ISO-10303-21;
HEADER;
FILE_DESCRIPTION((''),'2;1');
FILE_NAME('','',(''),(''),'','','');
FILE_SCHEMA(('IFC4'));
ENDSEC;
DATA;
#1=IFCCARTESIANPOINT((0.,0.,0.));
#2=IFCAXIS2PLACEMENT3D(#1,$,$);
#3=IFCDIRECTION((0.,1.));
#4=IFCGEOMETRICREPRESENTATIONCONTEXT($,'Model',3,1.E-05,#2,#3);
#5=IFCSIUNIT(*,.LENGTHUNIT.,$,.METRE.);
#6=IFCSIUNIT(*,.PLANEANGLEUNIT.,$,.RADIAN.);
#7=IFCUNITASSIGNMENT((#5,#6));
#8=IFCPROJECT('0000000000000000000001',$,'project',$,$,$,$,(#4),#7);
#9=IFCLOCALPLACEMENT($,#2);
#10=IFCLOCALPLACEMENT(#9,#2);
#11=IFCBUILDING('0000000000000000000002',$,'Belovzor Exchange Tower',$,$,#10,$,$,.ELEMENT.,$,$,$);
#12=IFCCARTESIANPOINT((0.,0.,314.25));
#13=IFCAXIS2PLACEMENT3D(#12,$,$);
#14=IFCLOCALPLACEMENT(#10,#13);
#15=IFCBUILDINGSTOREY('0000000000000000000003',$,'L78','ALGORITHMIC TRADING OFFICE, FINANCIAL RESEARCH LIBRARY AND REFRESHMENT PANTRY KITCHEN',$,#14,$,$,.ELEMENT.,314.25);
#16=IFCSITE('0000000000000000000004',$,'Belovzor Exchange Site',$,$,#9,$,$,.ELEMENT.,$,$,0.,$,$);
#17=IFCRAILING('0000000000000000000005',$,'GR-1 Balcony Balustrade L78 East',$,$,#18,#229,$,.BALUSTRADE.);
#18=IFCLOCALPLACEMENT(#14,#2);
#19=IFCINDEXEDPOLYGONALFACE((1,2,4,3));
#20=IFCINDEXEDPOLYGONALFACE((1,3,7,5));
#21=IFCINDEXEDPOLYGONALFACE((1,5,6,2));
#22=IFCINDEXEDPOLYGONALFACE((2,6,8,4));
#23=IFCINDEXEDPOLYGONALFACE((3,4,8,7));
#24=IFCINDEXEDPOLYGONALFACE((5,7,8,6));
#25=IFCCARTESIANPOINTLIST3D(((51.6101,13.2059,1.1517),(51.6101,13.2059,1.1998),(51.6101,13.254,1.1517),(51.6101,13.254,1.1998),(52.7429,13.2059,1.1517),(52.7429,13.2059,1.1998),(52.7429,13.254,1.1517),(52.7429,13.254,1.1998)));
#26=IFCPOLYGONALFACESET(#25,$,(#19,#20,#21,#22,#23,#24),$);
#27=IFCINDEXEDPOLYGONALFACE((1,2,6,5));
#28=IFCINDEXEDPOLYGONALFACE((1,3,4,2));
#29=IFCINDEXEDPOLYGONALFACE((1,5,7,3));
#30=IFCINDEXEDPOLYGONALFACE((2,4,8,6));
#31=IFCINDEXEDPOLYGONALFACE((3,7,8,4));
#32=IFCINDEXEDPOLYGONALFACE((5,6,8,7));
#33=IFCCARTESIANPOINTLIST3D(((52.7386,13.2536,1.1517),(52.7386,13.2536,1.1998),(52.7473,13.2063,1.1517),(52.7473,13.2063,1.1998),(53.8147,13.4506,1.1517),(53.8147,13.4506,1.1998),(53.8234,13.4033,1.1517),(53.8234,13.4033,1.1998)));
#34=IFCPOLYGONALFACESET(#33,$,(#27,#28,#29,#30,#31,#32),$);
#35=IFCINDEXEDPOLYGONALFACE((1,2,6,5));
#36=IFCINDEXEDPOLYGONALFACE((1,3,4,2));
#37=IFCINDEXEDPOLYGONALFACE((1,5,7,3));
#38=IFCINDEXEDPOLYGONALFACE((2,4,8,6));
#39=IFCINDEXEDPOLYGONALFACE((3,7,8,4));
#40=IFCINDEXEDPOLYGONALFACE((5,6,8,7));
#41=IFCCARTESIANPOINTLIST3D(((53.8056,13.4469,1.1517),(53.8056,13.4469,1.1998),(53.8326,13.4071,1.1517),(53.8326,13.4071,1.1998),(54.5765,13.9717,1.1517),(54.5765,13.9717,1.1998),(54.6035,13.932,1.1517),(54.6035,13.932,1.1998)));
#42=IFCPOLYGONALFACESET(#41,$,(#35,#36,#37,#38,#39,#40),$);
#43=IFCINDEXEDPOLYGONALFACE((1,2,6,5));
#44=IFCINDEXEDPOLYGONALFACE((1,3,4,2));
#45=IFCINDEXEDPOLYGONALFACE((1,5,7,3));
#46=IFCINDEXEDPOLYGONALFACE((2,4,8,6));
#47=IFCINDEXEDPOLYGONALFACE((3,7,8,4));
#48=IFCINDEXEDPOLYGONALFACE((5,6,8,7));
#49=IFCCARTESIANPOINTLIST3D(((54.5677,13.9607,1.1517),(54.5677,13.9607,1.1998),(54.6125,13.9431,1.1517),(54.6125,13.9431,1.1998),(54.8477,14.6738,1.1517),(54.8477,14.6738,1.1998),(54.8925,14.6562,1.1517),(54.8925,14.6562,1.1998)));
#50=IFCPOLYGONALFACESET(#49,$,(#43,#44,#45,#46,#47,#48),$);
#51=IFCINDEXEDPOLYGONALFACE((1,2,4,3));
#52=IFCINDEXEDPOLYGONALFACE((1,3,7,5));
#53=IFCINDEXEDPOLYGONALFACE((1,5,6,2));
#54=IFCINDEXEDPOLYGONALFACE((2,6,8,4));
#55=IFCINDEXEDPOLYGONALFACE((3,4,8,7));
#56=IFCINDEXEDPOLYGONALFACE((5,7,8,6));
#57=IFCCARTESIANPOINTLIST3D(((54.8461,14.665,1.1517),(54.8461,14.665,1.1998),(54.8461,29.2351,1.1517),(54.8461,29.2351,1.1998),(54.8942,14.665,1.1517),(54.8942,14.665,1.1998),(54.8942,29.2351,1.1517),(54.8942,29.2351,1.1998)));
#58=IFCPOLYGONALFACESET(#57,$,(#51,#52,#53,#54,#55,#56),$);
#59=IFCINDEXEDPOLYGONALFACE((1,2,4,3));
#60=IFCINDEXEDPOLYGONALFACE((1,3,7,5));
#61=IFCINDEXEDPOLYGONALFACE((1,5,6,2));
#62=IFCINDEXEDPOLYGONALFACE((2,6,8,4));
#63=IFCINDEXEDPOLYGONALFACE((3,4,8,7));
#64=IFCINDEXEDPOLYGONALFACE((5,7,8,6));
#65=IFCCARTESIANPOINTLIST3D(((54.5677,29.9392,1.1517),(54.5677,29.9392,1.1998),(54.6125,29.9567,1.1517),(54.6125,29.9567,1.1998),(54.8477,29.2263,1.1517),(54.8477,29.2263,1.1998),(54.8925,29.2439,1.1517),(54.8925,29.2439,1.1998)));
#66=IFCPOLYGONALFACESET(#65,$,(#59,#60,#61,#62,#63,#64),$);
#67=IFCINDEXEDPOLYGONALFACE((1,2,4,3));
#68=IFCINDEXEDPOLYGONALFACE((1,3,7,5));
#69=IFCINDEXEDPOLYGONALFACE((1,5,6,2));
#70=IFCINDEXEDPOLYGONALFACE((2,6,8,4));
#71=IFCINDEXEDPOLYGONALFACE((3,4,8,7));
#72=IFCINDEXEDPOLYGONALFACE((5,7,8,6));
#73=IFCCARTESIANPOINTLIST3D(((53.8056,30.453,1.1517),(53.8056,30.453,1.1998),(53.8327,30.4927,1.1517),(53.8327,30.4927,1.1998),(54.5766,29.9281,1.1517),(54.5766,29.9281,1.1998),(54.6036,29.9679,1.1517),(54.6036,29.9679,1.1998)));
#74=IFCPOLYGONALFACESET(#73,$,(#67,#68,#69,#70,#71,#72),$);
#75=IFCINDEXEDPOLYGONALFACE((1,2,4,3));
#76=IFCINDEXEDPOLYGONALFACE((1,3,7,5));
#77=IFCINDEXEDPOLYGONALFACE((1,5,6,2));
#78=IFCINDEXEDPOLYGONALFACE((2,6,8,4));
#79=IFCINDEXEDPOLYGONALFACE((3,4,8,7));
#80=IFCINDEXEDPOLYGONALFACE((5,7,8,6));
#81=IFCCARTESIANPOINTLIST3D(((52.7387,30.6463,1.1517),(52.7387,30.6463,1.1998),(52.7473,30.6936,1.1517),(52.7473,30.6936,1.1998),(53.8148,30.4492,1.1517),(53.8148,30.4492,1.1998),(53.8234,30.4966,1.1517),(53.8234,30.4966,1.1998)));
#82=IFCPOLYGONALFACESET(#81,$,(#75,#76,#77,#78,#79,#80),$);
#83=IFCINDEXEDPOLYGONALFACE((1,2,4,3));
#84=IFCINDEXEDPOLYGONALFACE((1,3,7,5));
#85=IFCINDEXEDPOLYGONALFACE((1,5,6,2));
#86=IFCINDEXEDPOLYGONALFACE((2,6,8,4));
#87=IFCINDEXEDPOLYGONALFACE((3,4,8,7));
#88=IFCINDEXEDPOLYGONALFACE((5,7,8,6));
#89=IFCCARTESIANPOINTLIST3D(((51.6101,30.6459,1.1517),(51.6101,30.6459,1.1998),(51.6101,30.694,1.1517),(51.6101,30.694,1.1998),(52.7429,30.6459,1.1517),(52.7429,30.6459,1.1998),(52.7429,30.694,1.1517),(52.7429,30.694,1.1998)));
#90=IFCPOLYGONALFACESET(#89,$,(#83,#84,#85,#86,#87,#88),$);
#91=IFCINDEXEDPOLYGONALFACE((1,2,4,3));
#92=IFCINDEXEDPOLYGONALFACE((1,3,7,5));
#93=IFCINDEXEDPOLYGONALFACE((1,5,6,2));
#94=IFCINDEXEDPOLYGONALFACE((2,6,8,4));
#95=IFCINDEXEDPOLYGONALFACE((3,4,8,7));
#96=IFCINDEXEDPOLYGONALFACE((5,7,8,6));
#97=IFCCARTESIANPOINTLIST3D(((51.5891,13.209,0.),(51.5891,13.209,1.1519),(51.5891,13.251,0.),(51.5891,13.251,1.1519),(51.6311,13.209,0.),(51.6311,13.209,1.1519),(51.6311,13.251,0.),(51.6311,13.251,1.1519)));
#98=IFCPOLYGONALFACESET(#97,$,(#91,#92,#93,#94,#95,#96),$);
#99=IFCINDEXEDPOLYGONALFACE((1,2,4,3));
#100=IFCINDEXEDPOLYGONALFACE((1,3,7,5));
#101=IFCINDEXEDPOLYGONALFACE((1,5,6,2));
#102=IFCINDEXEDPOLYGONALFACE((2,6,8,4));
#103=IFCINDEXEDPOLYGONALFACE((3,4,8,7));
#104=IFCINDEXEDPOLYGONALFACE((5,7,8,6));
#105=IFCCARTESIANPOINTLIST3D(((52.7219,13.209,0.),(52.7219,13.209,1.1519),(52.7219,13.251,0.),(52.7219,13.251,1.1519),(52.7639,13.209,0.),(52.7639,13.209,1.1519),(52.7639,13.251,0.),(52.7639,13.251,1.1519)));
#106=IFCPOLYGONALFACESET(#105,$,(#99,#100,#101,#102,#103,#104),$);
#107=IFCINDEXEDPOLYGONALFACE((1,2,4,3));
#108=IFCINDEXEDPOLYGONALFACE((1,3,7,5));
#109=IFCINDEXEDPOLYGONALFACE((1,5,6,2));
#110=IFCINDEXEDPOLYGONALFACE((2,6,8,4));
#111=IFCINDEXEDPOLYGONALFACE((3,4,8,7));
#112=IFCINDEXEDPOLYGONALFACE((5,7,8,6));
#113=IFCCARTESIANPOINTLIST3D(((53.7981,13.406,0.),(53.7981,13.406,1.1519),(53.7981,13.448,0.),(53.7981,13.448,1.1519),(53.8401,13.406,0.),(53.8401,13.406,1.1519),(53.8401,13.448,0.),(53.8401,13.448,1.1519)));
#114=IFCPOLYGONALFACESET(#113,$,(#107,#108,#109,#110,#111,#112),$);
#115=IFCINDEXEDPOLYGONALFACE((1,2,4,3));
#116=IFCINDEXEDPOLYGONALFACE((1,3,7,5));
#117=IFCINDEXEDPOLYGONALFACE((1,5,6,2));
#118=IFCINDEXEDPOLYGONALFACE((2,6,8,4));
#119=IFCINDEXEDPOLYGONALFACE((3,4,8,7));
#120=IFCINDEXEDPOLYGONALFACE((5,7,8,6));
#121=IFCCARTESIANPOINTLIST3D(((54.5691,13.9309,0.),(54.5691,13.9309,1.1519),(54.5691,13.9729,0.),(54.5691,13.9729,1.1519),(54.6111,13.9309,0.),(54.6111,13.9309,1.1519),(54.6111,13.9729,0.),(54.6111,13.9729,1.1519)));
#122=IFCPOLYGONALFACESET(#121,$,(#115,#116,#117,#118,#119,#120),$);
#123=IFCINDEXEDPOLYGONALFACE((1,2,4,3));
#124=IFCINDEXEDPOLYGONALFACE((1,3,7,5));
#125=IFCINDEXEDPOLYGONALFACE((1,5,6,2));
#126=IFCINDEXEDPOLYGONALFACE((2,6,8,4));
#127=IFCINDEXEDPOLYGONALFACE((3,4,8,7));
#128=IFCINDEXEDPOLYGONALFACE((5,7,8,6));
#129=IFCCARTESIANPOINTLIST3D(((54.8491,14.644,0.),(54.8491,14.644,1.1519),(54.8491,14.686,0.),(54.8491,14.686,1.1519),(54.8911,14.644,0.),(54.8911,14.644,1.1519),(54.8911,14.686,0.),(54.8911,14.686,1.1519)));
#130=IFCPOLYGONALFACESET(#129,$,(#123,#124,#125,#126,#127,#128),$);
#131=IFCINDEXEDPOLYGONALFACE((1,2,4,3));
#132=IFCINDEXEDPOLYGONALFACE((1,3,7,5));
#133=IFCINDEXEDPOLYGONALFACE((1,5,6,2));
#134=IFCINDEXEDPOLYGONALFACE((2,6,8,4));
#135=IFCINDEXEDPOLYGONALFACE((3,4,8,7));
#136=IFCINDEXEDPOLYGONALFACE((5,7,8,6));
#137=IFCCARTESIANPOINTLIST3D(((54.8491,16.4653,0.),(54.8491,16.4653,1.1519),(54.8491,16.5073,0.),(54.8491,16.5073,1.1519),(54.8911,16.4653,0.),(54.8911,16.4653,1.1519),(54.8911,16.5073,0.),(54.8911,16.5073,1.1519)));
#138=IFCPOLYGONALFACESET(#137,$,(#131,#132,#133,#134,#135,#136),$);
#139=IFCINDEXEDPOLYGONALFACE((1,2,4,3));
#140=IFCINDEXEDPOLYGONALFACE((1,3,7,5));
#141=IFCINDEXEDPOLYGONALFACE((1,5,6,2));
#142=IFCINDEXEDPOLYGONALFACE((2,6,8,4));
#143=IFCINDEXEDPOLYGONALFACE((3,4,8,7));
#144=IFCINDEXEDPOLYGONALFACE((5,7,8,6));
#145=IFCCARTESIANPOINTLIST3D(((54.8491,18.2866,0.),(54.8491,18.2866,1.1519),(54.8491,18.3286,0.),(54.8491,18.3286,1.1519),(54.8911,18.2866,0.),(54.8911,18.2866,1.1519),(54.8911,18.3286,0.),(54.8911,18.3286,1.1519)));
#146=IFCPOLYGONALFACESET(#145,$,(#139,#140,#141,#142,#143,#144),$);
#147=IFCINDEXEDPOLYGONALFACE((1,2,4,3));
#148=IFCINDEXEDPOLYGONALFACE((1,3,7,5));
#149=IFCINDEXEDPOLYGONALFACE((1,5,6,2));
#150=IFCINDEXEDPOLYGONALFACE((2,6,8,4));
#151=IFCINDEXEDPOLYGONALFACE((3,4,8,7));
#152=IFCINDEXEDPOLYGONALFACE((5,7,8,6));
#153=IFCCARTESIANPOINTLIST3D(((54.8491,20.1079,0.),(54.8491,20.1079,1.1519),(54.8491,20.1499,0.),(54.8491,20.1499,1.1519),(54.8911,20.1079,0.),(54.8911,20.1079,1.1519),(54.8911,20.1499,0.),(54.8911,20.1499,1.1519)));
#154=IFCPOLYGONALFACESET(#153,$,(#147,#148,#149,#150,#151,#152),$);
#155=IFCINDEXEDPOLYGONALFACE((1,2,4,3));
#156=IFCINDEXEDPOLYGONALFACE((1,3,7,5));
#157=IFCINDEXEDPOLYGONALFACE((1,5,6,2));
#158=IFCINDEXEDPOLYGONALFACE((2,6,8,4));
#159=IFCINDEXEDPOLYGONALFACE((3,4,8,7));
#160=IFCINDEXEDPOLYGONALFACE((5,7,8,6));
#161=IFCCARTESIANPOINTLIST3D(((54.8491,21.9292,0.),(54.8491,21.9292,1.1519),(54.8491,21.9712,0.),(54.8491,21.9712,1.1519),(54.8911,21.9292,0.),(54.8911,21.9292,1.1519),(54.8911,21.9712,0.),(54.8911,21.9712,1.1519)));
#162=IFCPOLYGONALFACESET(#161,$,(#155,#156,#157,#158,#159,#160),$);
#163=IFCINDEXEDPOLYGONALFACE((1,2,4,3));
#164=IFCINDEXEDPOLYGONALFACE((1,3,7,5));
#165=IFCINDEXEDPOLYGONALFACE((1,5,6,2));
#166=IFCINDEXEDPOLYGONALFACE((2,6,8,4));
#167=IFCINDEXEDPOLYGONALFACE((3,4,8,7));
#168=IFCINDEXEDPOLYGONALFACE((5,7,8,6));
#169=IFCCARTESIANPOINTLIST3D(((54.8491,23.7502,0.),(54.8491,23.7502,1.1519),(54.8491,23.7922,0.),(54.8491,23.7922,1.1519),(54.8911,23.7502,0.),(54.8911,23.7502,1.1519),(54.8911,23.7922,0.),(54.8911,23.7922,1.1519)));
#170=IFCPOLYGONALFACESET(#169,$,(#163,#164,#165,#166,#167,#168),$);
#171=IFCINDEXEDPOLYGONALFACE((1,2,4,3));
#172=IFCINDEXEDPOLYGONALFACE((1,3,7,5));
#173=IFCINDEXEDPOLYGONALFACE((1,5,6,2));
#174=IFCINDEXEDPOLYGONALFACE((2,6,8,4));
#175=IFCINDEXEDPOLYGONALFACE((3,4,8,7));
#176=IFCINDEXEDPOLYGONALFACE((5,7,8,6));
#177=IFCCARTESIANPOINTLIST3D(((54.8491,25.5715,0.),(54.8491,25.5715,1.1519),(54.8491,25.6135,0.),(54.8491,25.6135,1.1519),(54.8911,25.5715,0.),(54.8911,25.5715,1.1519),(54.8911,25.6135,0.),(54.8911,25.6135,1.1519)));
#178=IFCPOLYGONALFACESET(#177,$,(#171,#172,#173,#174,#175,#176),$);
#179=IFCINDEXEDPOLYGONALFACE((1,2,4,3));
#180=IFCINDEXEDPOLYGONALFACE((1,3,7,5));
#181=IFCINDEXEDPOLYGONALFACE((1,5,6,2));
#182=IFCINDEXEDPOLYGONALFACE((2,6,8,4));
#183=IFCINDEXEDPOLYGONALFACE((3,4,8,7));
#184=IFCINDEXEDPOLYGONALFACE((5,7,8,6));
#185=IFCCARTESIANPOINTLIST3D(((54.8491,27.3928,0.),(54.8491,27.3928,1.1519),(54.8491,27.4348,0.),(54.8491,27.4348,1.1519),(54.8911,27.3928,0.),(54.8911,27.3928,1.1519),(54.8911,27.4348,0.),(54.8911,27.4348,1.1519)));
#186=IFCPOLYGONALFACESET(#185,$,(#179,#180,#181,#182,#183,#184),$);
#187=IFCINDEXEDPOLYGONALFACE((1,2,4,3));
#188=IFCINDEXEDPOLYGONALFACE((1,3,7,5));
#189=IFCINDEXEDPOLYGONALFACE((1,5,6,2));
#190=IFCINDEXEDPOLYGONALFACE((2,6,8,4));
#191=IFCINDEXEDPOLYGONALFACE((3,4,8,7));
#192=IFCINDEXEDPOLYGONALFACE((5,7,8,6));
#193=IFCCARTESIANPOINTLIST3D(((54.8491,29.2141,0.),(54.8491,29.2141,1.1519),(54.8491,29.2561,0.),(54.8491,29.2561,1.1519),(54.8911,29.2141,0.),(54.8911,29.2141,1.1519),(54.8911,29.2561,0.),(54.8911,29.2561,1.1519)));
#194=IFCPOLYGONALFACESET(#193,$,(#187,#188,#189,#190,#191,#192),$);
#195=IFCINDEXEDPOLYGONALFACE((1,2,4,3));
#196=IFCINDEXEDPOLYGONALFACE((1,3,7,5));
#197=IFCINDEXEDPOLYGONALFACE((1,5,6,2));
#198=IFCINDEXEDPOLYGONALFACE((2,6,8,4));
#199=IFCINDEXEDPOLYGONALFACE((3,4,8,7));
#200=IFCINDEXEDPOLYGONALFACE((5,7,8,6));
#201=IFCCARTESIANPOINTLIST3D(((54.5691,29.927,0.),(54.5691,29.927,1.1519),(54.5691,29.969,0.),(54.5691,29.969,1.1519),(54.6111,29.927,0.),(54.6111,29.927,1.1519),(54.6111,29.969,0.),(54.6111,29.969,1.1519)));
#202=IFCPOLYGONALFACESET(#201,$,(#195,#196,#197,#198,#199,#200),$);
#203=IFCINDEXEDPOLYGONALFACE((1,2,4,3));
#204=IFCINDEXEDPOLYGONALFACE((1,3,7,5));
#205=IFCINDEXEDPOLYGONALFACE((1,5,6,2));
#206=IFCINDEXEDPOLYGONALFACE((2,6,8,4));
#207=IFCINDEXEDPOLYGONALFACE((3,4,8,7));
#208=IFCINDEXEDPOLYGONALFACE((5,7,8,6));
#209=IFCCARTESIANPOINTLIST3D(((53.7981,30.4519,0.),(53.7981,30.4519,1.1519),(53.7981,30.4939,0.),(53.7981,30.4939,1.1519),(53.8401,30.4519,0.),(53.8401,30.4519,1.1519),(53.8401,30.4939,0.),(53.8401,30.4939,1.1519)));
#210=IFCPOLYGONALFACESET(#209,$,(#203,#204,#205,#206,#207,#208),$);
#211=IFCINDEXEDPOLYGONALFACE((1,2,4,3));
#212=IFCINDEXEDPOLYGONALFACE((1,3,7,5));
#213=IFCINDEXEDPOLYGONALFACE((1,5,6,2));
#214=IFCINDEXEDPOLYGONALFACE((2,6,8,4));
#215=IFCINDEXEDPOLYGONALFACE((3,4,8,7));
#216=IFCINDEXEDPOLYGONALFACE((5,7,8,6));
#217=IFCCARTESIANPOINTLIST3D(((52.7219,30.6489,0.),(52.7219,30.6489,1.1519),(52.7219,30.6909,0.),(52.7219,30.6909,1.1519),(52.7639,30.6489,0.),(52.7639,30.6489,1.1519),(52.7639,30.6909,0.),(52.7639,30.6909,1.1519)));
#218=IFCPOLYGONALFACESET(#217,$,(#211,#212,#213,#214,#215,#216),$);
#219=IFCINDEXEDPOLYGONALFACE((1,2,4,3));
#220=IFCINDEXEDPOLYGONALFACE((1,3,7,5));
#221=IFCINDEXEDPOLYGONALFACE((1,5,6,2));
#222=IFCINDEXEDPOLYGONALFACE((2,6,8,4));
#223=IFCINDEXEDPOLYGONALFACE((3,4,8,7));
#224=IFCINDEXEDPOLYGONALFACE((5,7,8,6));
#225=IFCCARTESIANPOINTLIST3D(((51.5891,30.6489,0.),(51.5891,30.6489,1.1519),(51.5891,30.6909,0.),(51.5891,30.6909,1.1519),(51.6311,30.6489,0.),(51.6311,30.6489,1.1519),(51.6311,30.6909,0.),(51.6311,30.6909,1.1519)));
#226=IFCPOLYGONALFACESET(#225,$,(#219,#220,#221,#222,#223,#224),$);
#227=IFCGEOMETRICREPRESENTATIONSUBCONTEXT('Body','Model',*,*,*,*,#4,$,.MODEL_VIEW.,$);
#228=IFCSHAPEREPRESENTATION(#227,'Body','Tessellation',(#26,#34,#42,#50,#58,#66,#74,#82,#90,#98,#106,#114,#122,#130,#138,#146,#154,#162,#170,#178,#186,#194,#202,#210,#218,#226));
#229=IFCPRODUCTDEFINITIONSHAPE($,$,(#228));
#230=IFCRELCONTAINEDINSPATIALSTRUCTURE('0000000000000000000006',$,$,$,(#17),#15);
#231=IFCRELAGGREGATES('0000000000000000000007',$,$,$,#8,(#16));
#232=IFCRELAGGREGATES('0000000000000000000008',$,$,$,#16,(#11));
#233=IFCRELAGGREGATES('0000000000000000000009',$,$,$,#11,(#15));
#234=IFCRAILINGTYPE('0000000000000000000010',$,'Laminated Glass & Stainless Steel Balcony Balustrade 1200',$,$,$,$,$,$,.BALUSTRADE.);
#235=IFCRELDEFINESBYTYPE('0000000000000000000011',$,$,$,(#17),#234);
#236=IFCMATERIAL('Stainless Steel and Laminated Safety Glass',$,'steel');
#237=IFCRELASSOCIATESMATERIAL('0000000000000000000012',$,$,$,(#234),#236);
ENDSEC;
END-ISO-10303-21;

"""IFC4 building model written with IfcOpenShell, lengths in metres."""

from ifc_helpers import new_model, si_unit, direction, frame, origin, origin_2d, place, context, subcontext, project, spatial, rectangle, extrude, material, type_object, element, save


model = new_model("IFC4")

# Units and contexts
model_context = context("Model", 3, precision=1e-05, world=origin(), true_north=direction((0.0, 1.0)))
body_context = subcontext(model_context, "Body", "Model", "MODEL_VIEW")
ifc_project = project(units=[si_unit("LENGTHUNIT", "METRE"), si_unit("PLANEANGLEUNIT", "RADIAN")], contexts=[model_context])

# Site, building, storey
site_placement = place(None, origin())
site = spatial("IfcSite", under=ifc_project, at=site_placement, Name="Belovzor Exchange Site", CompositionType="ELEMENT", RefElevation=0.0)
building_placement = place(site_placement, origin())
building = spatial("IfcBuilding", under=site, at=building_placement, Name="Belovzor Exchange Tower", CompositionType="ELEMENT")
storey_placement = place(building_placement, frame((0.0, 0.0, 314.25)))
storey = spatial("IfcBuildingStorey", under=building, at=storey_placement, Name="L78", Description="ALGORITHMIC TRADING OFFICE, FINANCIAL RESEARCH LIBRARY AND REFRESHMENT PANTRY KITCHEN", CompositionType="ELEMENT", Elevation=314.25)

# Railing
ifc_material_1 = material(Name="Stainless Steel and Laminated Safety Glass", Category="steel")
railing_type = type_object("IfcRailingType", Name="Laminated Glass & Stainless Steel Balcony Balustrade 1200", PredefinedType="BALUSTRADE", material=ifc_material_1)
railing_placement = place(storey_placement, frame((51.6101, 13.23, 0.0)))
element("IfcRailing", 1, at=railing_placement, inside=storey, type_object=railing_type, Name="GR-1 Balcony Balustrade L78 East", PredefinedType="BALUSTRADE", context=body_context, shape_type="SweptSolid", body=[
    extrude(rectangle(XDim=0.0481, YDim=0.0481, at=origin_2d()), frame((0.0, 0.0, 1.1758), z_axis=(1.0, 0.0, 0.0), x_axis=(0.0, 1.0, 0.0)), (0.0, 0.0, 1.0), 1.1328),
    extrude(rectangle(XDim=0.0481, YDim=0.0481, at=origin_2d()), frame((1.1328, 0.0, 1.1758), z_axis=(0.983651, 0.180083, 0.0), x_axis=(-0.180083, 0.983651, 0.0)), (0.0, 0.0, 1.0), 1.094),
    extrude(rectangle(XDim=0.0481, YDim=0.0481, at=origin_2d()), frame((2.209, 0.197, 1.1758), z_axis=(0.826615, 0.562768, 0.0), x_axis=(-0.562768, 0.826615, 0.0)), (0.0, 0.0, 1.0), 0.9326),
    extrude(rectangle(XDim=0.0481, YDim=0.0481, at=origin_2d()), frame((2.98, 0.7219, 1.1758), z_axis=(0.365504, 0.93081, 0.0), x_axis=(-0.93081, 0.365504, 0.0)), (0.0, 0.0, 1.0), 0.7661),
    extrude(rectangle(XDim=0.0481, YDim=0.0481, at=origin_2d()), frame((3.26, 1.4351, 1.1758), z_axis=(0.0, 1.0, 0.0), x_axis=(-1.0, 0.0, 0.0)), (0.0, 0.0, 1.0), 14.5701),
    extrude(rectangle(XDim=0.0481, YDim=0.0481, at=origin_2d()), frame((3.26, 16.0051, 1.1758), z_axis=(-0.365613, 0.930767, 0.0), x_axis=(-0.930767, -0.365613, 0.0)), (0.0, 0.0, 1.0), 0.7659),
    extrude(rectangle(XDim=0.0481, YDim=0.0481, at=origin_2d()), frame((2.98, 16.718, 1.1758), z_axis=(-0.826615, 0.562768, 0.0), x_axis=(-0.562768, -0.826615, 0.0)), (0.0, 0.0, 1.0), 0.9326),
    extrude(rectangle(XDim=0.0481, YDim=0.0481, at=origin_2d()), frame((2.209, 17.2429, 1.1758), z_axis=(-0.983651, 0.180083, 0.0), x_axis=(-0.180083, -0.983651, 0.0)), (0.0, 0.0, 1.0), 1.094),
    extrude(rectangle(XDim=0.0481, YDim=0.0481, at=origin_2d()), frame((1.1328, 17.4399, 1.1758), z_axis=(-1.0, 0.0, 0.0), x_axis=(0.0, -1.0, 0.0)), (0.0, 0.0, 1.0), 1.1328),
    extrude(rectangle(XDim=0.042, YDim=0.042, at=origin_2d()), origin(), (0.0, 0.0, 1.0), 1.1519),
    extrude(rectangle(XDim=0.042, YDim=0.042, at=origin_2d()), frame((1.1328, 0.0, 0.0)), (0.0, 0.0, 1.0), 1.1519),
    extrude(rectangle(XDim=0.042, YDim=0.042, at=origin_2d()), frame((2.209, 0.197, 0.0)), (0.0, 0.0, 1.0), 1.1519),
    extrude(rectangle(XDim=0.042, YDim=0.042, at=origin_2d()), frame((2.98, 0.7219, 0.0)), (0.0, 0.0, 1.0), 1.1519),
    extrude(rectangle(XDim=0.042, YDim=0.042, at=origin_2d()), frame((3.26, 1.4351, 0.0)), (0.0, 0.0, 1.0), 1.1519),
    extrude(rectangle(XDim=0.042, YDim=0.042, at=origin_2d()), frame((3.26, 3.2563, 0.0)), (0.0, 0.0, 1.0), 1.1519),
    extrude(rectangle(XDim=0.042, YDim=0.042, at=origin_2d()), frame((3.26, 5.0776, 0.0)), (0.0, 0.0, 1.0), 1.1519),
    extrude(rectangle(XDim=0.042, YDim=0.042, at=origin_2d()), frame((3.26, 6.8989, 0.0)), (0.0, 0.0, 1.0), 1.1519),
    extrude(rectangle(XDim=0.042, YDim=0.042, at=origin_2d()), frame((3.26, 8.7202, 0.0)), (0.0, 0.0, 1.0), 1.1519),
    extrude(rectangle(XDim=0.042, YDim=0.042, at=origin_2d()), frame((3.26, 10.5413, 0.0)), (0.0, 0.0, 1.0), 1.1519),
    extrude(rectangle(XDim=0.042, YDim=0.042, at=origin_2d()), frame((3.26, 12.3625, 0.0)), (0.0, 0.0, 1.0), 1.1519),
    extrude(rectangle(XDim=0.042, YDim=0.042, at=origin_2d()), frame((3.26, 14.1838, 0.0)), (0.0, 0.0, 1.0), 1.1519),
    extrude(rectangle(XDim=0.042, YDim=0.042, at=origin_2d()), frame((3.26, 16.0051, 0.0)), (0.0, 0.0, 1.0), 1.1519),
    extrude(rectangle(XDim=0.042, YDim=0.042, at=origin_2d()), frame((2.98, 16.718, 0.0)), (0.0, 0.0, 1.0), 1.1519),
    extrude(rectangle(XDim=0.042, YDim=0.042, at=origin_2d()), frame((2.209, 17.2429, 0.0)), (0.0, 0.0, 1.0), 1.1519),
    extrude(rectangle(XDim=0.042, YDim=0.042, at=origin_2d()), frame((1.1328, 17.4399, 0.0)), (0.0, 0.0, 1.0), 1.1519),
    extrude(rectangle(XDim=0.042, YDim=0.042, at=origin_2d()), frame((0.0, 17.4399, 0.0)), (0.0, 0.0, 1.0), 1.1519),
])

save(model, "model.ifc")
